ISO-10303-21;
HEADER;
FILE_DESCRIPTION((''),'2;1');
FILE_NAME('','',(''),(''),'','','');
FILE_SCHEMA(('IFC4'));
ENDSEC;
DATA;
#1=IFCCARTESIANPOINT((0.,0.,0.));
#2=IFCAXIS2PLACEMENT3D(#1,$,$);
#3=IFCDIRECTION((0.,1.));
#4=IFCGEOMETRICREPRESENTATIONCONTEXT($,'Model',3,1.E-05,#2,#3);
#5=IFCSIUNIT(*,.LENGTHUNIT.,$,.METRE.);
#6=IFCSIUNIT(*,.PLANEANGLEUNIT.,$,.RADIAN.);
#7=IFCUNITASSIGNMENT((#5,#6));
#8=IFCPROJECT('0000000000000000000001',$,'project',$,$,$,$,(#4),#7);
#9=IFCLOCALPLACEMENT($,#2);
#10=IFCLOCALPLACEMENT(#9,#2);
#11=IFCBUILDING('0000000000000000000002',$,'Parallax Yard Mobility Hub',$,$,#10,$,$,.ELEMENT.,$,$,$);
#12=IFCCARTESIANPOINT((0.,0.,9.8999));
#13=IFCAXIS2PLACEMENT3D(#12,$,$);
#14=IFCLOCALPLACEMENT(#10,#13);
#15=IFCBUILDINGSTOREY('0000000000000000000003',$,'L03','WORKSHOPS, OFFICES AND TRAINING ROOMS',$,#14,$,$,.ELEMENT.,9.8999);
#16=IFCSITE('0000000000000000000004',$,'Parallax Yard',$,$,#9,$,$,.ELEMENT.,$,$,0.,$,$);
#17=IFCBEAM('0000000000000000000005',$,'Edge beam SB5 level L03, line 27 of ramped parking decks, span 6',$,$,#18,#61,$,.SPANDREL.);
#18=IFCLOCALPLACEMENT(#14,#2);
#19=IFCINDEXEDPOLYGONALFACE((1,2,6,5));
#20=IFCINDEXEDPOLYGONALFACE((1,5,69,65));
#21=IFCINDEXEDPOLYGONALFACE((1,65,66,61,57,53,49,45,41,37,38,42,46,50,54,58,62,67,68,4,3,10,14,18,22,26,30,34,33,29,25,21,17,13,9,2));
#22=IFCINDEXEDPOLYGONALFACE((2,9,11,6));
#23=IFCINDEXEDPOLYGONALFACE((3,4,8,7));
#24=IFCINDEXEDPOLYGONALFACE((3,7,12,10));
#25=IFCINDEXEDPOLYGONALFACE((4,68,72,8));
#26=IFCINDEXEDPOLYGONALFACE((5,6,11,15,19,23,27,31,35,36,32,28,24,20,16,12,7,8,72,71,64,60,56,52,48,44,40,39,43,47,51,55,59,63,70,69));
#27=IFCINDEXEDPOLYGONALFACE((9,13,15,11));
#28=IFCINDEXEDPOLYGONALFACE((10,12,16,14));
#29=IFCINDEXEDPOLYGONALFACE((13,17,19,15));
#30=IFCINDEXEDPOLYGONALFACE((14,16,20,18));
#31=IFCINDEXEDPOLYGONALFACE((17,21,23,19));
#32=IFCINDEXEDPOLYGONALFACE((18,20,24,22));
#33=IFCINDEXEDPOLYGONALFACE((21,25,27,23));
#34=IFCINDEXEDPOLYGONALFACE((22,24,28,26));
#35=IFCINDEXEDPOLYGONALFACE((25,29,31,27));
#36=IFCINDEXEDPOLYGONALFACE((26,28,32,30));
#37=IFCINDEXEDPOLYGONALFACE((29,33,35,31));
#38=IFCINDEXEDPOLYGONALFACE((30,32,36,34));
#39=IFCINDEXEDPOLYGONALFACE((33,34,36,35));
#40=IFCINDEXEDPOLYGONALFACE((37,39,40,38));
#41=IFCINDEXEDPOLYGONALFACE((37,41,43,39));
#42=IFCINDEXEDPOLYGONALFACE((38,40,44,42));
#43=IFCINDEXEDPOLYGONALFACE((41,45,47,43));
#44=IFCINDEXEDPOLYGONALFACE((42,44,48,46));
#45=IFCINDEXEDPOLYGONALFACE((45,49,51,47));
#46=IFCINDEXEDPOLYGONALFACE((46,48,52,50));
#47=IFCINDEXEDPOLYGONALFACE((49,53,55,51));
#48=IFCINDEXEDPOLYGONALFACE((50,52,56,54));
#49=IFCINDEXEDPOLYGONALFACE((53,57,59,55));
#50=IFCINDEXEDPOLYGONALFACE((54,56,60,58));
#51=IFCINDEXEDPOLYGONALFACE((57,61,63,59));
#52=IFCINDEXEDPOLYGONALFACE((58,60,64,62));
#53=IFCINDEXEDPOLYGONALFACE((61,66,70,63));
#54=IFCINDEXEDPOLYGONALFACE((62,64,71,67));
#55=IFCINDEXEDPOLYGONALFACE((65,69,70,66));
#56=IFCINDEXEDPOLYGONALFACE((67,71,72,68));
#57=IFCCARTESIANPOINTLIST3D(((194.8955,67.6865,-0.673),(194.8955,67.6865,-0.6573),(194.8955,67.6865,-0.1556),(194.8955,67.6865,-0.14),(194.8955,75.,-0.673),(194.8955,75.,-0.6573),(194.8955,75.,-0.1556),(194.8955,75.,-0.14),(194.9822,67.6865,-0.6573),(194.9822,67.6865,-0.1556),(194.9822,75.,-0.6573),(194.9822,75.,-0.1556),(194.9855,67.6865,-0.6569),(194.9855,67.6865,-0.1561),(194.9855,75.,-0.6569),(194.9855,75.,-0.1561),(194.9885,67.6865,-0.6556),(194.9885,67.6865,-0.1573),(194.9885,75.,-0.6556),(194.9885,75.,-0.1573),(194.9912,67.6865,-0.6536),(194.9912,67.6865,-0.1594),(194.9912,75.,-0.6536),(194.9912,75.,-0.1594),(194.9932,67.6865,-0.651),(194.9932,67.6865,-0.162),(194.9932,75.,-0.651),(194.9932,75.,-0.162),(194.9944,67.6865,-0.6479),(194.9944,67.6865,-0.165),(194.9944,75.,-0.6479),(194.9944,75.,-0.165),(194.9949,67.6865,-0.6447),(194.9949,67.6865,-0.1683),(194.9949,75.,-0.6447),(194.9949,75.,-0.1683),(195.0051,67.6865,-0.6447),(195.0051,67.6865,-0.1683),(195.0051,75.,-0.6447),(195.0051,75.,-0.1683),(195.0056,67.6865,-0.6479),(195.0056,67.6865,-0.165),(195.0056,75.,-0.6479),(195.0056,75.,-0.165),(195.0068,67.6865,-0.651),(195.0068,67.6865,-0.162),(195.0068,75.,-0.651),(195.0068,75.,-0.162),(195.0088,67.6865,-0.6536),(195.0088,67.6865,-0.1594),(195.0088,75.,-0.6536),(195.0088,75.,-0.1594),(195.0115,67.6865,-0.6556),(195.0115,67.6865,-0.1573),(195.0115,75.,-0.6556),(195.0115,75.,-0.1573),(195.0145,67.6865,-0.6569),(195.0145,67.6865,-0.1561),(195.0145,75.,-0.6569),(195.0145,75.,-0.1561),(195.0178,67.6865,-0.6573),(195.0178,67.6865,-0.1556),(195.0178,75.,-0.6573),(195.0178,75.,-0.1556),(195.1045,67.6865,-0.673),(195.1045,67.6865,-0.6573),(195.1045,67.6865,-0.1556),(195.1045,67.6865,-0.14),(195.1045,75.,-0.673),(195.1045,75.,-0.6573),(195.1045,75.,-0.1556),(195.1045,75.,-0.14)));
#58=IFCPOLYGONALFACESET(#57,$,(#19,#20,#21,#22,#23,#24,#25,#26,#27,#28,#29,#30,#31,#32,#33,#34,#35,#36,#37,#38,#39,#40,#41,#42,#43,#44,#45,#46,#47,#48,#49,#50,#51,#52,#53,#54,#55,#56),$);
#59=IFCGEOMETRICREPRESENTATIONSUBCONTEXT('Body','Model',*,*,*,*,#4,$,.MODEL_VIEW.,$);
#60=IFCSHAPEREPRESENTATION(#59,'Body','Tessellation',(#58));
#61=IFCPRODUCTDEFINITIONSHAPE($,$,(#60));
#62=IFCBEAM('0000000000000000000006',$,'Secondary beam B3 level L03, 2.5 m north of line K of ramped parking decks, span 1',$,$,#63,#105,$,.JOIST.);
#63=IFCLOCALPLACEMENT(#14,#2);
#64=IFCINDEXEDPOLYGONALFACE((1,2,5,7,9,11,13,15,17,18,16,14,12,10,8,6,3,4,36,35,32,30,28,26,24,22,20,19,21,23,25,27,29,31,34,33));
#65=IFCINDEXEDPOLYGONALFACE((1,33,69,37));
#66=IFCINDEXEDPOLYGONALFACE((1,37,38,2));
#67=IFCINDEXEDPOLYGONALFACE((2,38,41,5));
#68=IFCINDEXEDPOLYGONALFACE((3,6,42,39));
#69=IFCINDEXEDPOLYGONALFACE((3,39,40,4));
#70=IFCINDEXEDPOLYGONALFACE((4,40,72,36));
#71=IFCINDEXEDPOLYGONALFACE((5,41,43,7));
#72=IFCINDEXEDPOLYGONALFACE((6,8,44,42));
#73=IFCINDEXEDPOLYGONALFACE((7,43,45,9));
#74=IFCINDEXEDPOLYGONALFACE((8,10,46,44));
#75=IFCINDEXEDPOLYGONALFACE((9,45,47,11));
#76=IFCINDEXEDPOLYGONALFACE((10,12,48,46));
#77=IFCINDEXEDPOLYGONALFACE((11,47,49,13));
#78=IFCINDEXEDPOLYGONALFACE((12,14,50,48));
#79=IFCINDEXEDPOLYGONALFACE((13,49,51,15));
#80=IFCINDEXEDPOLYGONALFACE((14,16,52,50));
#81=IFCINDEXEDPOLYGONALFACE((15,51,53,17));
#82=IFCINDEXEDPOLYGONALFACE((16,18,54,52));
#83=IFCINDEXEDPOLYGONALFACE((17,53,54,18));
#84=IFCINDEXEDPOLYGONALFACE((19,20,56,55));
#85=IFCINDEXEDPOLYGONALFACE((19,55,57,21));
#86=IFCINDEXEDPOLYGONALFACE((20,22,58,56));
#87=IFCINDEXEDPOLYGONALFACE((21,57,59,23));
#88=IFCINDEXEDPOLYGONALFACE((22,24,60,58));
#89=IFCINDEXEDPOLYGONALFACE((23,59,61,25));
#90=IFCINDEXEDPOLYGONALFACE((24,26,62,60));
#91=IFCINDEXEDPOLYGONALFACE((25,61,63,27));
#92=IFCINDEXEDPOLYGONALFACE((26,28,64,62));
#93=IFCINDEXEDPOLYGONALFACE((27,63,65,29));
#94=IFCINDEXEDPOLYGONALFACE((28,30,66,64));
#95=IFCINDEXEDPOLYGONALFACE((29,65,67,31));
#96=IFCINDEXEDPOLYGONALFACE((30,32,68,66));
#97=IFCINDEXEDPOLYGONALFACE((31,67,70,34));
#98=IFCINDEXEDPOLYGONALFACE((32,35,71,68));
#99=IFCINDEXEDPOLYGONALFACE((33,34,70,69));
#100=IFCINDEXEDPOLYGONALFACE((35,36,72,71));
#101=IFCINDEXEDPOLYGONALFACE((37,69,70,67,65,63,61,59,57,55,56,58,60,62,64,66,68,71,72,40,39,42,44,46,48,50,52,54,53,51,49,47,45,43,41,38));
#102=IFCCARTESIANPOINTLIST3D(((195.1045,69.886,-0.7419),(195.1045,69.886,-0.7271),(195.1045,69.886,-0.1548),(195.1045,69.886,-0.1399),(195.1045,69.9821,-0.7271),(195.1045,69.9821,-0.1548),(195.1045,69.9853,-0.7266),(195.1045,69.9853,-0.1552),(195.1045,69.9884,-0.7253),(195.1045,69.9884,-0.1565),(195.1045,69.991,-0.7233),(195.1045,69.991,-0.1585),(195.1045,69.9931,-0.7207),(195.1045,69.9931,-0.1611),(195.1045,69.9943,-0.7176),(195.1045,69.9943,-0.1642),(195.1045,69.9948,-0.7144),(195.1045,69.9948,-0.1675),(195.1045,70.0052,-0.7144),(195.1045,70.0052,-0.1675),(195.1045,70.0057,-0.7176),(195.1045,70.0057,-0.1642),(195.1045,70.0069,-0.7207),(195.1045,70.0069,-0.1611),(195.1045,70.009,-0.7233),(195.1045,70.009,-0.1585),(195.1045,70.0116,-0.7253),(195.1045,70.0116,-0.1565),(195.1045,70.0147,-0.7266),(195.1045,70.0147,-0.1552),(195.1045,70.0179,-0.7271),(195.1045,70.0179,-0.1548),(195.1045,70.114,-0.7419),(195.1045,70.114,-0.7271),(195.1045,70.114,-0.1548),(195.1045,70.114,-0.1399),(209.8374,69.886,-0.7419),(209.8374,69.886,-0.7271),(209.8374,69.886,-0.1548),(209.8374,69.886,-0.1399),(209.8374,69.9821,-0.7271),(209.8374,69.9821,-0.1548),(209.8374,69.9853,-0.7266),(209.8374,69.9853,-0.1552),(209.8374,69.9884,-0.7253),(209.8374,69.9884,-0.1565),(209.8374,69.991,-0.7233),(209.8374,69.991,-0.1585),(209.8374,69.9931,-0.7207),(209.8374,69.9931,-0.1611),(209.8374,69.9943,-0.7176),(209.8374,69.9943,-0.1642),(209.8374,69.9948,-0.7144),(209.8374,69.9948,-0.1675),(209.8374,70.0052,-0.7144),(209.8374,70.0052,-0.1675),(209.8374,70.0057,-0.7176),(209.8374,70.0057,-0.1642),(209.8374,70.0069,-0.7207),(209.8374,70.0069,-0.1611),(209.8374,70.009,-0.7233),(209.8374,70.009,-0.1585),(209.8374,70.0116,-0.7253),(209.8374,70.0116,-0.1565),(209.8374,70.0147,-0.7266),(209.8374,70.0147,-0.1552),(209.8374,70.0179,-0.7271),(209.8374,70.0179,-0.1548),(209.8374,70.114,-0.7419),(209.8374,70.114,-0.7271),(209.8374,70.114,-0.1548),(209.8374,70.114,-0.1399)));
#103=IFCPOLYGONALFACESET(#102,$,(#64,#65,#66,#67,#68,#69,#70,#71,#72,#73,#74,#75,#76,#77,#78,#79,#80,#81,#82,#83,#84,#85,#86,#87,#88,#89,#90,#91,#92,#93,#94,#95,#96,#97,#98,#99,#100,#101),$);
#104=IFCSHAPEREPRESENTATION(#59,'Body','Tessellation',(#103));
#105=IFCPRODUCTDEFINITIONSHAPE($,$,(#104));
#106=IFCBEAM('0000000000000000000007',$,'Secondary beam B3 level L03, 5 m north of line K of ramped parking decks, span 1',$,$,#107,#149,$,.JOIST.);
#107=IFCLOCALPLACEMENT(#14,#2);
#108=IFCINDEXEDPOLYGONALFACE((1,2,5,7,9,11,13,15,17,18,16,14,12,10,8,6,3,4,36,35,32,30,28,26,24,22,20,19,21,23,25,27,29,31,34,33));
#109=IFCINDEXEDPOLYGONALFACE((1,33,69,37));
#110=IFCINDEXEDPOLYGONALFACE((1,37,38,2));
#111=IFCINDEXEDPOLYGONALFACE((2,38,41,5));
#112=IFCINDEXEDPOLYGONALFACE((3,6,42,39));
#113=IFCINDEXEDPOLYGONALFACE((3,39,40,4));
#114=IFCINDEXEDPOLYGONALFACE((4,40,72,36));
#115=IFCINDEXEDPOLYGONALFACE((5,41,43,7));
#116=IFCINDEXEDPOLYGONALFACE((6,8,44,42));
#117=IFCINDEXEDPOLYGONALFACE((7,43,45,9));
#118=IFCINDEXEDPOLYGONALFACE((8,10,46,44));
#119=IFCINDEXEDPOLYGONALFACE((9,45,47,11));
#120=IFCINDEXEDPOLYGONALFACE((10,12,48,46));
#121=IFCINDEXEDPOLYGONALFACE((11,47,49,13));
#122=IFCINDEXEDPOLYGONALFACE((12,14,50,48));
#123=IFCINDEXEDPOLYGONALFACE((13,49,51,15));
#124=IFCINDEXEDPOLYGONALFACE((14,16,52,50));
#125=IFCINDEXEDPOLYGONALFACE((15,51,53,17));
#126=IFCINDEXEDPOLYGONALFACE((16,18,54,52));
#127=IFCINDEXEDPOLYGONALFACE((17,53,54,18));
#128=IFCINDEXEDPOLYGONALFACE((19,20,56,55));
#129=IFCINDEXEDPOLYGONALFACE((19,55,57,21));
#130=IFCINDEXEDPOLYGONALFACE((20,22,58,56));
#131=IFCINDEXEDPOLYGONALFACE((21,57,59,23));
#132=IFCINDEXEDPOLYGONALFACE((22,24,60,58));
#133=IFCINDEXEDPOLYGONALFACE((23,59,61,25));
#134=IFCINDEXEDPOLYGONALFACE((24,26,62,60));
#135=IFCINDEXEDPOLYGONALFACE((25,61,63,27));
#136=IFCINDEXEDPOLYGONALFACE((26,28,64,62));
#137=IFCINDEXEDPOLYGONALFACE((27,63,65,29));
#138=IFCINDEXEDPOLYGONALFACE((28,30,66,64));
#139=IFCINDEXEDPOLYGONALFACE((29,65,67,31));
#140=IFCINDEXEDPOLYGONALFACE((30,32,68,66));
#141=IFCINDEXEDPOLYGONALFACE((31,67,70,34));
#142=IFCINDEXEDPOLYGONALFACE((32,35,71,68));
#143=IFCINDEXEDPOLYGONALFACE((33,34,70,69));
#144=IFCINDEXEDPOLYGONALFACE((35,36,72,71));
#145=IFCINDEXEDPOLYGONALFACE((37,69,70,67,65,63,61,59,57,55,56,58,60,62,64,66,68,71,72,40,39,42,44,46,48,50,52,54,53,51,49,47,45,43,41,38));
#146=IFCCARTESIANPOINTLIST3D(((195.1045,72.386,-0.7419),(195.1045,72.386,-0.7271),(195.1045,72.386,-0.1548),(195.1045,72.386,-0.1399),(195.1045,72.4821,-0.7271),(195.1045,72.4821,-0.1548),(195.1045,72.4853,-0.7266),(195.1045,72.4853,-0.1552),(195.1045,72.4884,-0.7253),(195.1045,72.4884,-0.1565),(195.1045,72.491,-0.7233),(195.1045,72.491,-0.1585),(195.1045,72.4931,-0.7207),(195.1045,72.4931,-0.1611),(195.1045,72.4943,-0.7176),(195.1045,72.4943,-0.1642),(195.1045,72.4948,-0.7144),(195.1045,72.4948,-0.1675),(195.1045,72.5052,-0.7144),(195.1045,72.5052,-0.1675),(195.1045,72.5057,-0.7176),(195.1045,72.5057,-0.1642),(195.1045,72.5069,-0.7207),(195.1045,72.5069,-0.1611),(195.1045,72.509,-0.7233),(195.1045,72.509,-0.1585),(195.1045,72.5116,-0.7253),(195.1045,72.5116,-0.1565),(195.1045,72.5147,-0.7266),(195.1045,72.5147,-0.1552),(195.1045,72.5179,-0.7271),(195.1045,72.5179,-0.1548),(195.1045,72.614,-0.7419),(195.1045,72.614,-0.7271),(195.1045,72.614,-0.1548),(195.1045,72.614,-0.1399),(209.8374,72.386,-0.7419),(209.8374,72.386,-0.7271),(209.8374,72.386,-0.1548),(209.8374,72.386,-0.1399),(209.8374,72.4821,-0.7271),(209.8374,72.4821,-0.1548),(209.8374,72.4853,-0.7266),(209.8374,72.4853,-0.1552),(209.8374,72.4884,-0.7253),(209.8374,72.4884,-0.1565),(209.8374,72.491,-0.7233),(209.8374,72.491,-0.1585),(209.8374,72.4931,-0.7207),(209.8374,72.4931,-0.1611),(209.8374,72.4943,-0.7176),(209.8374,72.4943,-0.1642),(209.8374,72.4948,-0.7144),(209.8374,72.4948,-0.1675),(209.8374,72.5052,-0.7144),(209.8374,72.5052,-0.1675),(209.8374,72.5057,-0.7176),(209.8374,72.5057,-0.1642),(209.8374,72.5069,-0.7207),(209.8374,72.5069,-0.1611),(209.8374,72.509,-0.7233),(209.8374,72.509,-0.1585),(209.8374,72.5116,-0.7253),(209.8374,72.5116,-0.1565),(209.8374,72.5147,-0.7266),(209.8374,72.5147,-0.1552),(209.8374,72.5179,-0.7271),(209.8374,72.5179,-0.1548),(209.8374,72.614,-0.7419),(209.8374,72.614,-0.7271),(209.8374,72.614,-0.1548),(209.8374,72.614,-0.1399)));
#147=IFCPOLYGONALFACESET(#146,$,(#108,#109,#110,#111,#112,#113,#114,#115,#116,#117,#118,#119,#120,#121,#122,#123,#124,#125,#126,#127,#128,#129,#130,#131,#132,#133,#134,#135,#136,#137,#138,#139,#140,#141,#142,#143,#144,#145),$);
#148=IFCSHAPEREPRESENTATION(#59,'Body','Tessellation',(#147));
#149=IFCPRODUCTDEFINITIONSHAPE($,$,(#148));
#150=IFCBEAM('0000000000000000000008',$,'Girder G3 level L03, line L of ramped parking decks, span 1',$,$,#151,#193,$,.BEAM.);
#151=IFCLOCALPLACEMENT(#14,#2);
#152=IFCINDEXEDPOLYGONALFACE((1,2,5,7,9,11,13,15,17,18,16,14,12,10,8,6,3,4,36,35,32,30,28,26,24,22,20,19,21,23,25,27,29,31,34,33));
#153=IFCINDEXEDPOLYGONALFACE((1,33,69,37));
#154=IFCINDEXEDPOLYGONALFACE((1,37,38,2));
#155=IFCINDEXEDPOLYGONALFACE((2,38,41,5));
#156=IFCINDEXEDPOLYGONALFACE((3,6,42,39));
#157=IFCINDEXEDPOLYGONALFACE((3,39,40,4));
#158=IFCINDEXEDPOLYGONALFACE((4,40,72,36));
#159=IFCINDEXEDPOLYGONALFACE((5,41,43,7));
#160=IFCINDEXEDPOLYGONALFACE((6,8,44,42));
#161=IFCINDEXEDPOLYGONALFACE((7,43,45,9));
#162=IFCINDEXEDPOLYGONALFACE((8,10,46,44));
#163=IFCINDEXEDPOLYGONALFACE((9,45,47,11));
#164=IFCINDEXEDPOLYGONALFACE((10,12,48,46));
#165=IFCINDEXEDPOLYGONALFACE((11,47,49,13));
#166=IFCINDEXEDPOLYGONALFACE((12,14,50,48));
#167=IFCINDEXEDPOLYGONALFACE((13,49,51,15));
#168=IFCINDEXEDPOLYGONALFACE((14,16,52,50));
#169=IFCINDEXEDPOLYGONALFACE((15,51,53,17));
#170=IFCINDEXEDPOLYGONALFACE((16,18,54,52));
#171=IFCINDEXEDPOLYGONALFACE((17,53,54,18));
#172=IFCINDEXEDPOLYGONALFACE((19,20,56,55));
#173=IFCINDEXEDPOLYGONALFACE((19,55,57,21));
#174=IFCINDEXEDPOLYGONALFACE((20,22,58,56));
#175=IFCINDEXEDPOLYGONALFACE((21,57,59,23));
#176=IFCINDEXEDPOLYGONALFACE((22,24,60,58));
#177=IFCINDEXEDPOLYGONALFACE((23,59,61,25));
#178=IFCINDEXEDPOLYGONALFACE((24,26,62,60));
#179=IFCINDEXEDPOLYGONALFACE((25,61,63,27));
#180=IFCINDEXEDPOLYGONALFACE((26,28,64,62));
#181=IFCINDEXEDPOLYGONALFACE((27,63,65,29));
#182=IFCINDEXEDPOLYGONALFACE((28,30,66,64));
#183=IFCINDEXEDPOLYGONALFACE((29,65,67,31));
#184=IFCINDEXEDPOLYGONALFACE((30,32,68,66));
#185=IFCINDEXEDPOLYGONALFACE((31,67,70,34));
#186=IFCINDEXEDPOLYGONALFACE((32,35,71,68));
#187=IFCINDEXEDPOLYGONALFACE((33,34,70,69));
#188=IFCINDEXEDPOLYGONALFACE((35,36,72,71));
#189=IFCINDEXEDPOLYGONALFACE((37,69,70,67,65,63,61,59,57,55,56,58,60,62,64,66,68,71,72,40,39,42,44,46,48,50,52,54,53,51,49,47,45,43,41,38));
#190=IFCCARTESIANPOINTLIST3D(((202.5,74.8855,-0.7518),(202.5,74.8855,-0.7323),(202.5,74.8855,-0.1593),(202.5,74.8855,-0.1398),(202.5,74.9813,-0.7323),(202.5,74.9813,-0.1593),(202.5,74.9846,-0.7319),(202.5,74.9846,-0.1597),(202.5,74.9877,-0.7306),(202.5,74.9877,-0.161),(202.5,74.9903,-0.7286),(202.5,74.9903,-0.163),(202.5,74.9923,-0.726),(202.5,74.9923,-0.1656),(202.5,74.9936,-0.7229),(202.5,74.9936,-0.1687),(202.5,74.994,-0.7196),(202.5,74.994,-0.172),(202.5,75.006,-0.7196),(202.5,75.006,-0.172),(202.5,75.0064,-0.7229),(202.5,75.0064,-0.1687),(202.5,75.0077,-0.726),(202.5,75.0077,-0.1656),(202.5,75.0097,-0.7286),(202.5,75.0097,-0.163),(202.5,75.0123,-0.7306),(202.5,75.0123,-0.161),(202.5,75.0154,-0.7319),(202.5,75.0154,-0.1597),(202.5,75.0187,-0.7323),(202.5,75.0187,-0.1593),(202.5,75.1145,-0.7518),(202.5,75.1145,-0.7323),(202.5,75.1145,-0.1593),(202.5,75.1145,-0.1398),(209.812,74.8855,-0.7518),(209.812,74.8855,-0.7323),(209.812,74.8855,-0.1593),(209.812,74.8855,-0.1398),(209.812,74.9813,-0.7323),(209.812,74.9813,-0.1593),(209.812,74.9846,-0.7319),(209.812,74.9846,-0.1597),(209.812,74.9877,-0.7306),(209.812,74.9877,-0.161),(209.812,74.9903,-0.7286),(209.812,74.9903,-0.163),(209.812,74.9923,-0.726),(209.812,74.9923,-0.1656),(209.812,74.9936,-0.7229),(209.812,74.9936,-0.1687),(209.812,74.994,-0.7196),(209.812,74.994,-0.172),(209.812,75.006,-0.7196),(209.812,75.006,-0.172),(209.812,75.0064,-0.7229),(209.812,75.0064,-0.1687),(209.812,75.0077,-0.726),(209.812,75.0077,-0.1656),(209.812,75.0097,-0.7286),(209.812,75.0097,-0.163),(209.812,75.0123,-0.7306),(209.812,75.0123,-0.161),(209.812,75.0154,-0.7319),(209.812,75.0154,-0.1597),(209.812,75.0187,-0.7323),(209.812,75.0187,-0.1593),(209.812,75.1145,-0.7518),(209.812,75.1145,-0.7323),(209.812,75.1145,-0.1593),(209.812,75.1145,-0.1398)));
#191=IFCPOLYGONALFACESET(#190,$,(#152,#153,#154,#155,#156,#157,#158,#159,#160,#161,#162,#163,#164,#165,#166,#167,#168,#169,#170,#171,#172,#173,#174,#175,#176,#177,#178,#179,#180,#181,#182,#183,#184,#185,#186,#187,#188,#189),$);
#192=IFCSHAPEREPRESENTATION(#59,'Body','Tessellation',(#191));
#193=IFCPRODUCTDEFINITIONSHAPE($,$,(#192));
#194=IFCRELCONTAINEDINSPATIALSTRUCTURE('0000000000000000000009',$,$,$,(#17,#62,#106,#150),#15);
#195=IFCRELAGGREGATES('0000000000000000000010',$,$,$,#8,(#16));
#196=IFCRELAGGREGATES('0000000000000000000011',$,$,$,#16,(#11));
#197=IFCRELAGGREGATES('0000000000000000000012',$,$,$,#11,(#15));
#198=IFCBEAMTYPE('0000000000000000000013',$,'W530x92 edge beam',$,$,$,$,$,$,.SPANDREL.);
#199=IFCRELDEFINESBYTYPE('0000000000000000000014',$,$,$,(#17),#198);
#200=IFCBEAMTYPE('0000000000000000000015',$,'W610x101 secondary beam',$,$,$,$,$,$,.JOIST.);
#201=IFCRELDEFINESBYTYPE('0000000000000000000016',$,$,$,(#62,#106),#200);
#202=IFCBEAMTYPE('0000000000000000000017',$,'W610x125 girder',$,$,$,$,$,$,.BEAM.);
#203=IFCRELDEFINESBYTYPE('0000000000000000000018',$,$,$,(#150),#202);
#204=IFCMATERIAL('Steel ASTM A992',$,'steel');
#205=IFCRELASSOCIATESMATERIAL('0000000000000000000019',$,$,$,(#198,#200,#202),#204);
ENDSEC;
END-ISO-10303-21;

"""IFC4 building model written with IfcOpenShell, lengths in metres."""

from ifc_helpers import new_model, si_unit, direction, frame, origin, origin_2d, place, context, subcontext, project, spatial, i_section, extrude, material, material_profile, profile_set, type_object, element, save


model = new_model("IFC4")

# Units and contexts
model_context = context("Model", 3, precision=1e-05, world=origin(), true_north=direction((0.0, 1.0)))
body_context = subcontext(model_context, "Body", "Model", "MODEL_VIEW")
ifc_project = project(units=[si_unit("LENGTHUNIT", "METRE"), si_unit("PLANEANGLEUNIT", "RADIAN")], contexts=[model_context])

# Site, building, storey
site_placement = place(None, origin())
site = spatial("IfcSite", under=ifc_project, at=site_placement, Name="Parallax Yard", CompositionType="ELEMENT", RefElevation=0.0)
building_placement = place(site_placement, origin())
building = spatial("IfcBuilding", under=site, at=building_placement, Name="Parallax Yard Mobility Hub", CompositionType="ELEMENT")
storey_placement = place(building_placement, frame((0.0, 0.0, 9.8999)))
storey = spatial("IfcBuildingStorey", under=building, at=storey_placement, Name="L03", Description="WORKSHOPS, OFFICES AND TRAINING ROOMS", CompositionType="ELEMENT", Elevation=9.8999)

# Beams
ifc_material_1 = material(Name="Steel ASTM A992", Category="steel")
ifc_material_profile_1 = material_profile(ifc_material_1, i_section(OverallWidth=0.209, OverallDepth=0.533, WebThickness=0.0103, FlangeThickness=0.0156, FilletRadius=0.0127, at=origin_2d()), Name="W530x92")
ifc_profile_set_1 = profile_set([ifc_material_profile_1], Name="Steel ASTM A992")
beam_type_1 = type_object("IfcBeamType", Name="W530x92 edge beam", PredefinedType="SPANDREL", material=ifc_profile_set_1)
beam_1_placement = place(storey_placement, frame((195.0, 67.6865, -0.4065), z_axis=(0.0, 1.0, 0.0), x_axis=(-1.0, 0.0, 0.0)))
element("IfcBeam", 1, at=beam_1_placement, inside=storey, type_object=beam_type_1, Name="Edge beam SB5 level L03, line 27 of ramped parking decks, span 6", PredefinedType="SPANDREL", context=body_context, shape_type="SweptSolid", body=[
    extrude(i_section(OverallWidth=0.209, OverallDepth=0.533, WebThickness=0.0103, FlangeThickness=0.0156, FilletRadius=0.0127, at=origin_2d()), origin(), (0.0, 0.0, 1.0), 7.3135),
])
ifc_material_profile_2 = material_profile(ifc_material_1, i_section(OverallWidth=0.228, OverallDepth=0.6021, WebThickness=0.0105, FlangeThickness=0.0149, FilletRadius=0.0127, at=origin_2d()), Name="W610x101")
ifc_profile_set_2 = profile_set([ifc_material_profile_2], Name="Steel ASTM A992")
beam_type_2 = type_object("IfcBeamType", Name="W610x101 secondary beam", PredefinedType="JOIST", material=ifc_profile_set_2)
for number, where, z_axis, x_axis, name in (
    (2, (195.1045, 70.0, -0.4409), (1.0, 0.0, 0.0), (0.0, 1.0, 0.0), "Secondary beam B3 level L03, 2.5 m north of line K of ramped parking decks, span 1"),
    (3, (195.1045, 72.5, -0.4409), (1.0, 0.0, 0.0), (0.0, 1.0, 0.0), "Secondary beam B3 level L03, 5 m north of line K of ramped parking decks, span 1"),
):
    element("IfcBeam", number, at=place(storey_placement, frame(where, z_axis=z_axis, x_axis=x_axis)), inside=storey, type_object=beam_type_2, Name=name, PredefinedType="JOIST", context=body_context, shape_type="SweptSolid", body=[
        extrude(i_section(OverallWidth=0.228, OverallDepth=0.6021, WebThickness=0.0105, FlangeThickness=0.0149, FilletRadius=0.0127, at=origin_2d()), origin(), (0.0, 0.0, 1.0), 14.7329),
    ])
ifc_material_profile_3 = material_profile(ifc_material_1, i_section(OverallWidth=0.229, OverallDepth=0.6121, WebThickness=0.012, FlangeThickness=0.0195, FilletRadius=0.0127, at=origin_2d()), Name="W610x125")
ifc_profile_set_3 = profile_set([ifc_material_profile_3], Name="Steel ASTM A992")
beam_type_3 = type_object("IfcBeamType", Name="W610x125 girder", PredefinedType="BEAM", material=ifc_profile_set_3)
beam_2_placement = place(storey_placement, frame((202.5, 75.0, -0.4458), z_axis=(1.0, 0.0, 0.0), x_axis=(0.0, 1.0, 0.0)))
element("IfcBeam", 4, at=beam_2_placement, inside=storey, type_object=beam_type_3, Name="Girder G3 level L03, line L of ramped parking decks, span 1", PredefinedType="BEAM", context=body_context, shape_type="SweptSolid", body=[
    extrude(i_section(OverallWidth=0.229, OverallDepth=0.6121, WebThickness=0.012, FlangeThickness=0.0195, FilletRadius=0.0127, at=origin_2d()), origin(), (0.0, 0.0, 1.0), 7.312),
])

save(model, "model.ifc")
